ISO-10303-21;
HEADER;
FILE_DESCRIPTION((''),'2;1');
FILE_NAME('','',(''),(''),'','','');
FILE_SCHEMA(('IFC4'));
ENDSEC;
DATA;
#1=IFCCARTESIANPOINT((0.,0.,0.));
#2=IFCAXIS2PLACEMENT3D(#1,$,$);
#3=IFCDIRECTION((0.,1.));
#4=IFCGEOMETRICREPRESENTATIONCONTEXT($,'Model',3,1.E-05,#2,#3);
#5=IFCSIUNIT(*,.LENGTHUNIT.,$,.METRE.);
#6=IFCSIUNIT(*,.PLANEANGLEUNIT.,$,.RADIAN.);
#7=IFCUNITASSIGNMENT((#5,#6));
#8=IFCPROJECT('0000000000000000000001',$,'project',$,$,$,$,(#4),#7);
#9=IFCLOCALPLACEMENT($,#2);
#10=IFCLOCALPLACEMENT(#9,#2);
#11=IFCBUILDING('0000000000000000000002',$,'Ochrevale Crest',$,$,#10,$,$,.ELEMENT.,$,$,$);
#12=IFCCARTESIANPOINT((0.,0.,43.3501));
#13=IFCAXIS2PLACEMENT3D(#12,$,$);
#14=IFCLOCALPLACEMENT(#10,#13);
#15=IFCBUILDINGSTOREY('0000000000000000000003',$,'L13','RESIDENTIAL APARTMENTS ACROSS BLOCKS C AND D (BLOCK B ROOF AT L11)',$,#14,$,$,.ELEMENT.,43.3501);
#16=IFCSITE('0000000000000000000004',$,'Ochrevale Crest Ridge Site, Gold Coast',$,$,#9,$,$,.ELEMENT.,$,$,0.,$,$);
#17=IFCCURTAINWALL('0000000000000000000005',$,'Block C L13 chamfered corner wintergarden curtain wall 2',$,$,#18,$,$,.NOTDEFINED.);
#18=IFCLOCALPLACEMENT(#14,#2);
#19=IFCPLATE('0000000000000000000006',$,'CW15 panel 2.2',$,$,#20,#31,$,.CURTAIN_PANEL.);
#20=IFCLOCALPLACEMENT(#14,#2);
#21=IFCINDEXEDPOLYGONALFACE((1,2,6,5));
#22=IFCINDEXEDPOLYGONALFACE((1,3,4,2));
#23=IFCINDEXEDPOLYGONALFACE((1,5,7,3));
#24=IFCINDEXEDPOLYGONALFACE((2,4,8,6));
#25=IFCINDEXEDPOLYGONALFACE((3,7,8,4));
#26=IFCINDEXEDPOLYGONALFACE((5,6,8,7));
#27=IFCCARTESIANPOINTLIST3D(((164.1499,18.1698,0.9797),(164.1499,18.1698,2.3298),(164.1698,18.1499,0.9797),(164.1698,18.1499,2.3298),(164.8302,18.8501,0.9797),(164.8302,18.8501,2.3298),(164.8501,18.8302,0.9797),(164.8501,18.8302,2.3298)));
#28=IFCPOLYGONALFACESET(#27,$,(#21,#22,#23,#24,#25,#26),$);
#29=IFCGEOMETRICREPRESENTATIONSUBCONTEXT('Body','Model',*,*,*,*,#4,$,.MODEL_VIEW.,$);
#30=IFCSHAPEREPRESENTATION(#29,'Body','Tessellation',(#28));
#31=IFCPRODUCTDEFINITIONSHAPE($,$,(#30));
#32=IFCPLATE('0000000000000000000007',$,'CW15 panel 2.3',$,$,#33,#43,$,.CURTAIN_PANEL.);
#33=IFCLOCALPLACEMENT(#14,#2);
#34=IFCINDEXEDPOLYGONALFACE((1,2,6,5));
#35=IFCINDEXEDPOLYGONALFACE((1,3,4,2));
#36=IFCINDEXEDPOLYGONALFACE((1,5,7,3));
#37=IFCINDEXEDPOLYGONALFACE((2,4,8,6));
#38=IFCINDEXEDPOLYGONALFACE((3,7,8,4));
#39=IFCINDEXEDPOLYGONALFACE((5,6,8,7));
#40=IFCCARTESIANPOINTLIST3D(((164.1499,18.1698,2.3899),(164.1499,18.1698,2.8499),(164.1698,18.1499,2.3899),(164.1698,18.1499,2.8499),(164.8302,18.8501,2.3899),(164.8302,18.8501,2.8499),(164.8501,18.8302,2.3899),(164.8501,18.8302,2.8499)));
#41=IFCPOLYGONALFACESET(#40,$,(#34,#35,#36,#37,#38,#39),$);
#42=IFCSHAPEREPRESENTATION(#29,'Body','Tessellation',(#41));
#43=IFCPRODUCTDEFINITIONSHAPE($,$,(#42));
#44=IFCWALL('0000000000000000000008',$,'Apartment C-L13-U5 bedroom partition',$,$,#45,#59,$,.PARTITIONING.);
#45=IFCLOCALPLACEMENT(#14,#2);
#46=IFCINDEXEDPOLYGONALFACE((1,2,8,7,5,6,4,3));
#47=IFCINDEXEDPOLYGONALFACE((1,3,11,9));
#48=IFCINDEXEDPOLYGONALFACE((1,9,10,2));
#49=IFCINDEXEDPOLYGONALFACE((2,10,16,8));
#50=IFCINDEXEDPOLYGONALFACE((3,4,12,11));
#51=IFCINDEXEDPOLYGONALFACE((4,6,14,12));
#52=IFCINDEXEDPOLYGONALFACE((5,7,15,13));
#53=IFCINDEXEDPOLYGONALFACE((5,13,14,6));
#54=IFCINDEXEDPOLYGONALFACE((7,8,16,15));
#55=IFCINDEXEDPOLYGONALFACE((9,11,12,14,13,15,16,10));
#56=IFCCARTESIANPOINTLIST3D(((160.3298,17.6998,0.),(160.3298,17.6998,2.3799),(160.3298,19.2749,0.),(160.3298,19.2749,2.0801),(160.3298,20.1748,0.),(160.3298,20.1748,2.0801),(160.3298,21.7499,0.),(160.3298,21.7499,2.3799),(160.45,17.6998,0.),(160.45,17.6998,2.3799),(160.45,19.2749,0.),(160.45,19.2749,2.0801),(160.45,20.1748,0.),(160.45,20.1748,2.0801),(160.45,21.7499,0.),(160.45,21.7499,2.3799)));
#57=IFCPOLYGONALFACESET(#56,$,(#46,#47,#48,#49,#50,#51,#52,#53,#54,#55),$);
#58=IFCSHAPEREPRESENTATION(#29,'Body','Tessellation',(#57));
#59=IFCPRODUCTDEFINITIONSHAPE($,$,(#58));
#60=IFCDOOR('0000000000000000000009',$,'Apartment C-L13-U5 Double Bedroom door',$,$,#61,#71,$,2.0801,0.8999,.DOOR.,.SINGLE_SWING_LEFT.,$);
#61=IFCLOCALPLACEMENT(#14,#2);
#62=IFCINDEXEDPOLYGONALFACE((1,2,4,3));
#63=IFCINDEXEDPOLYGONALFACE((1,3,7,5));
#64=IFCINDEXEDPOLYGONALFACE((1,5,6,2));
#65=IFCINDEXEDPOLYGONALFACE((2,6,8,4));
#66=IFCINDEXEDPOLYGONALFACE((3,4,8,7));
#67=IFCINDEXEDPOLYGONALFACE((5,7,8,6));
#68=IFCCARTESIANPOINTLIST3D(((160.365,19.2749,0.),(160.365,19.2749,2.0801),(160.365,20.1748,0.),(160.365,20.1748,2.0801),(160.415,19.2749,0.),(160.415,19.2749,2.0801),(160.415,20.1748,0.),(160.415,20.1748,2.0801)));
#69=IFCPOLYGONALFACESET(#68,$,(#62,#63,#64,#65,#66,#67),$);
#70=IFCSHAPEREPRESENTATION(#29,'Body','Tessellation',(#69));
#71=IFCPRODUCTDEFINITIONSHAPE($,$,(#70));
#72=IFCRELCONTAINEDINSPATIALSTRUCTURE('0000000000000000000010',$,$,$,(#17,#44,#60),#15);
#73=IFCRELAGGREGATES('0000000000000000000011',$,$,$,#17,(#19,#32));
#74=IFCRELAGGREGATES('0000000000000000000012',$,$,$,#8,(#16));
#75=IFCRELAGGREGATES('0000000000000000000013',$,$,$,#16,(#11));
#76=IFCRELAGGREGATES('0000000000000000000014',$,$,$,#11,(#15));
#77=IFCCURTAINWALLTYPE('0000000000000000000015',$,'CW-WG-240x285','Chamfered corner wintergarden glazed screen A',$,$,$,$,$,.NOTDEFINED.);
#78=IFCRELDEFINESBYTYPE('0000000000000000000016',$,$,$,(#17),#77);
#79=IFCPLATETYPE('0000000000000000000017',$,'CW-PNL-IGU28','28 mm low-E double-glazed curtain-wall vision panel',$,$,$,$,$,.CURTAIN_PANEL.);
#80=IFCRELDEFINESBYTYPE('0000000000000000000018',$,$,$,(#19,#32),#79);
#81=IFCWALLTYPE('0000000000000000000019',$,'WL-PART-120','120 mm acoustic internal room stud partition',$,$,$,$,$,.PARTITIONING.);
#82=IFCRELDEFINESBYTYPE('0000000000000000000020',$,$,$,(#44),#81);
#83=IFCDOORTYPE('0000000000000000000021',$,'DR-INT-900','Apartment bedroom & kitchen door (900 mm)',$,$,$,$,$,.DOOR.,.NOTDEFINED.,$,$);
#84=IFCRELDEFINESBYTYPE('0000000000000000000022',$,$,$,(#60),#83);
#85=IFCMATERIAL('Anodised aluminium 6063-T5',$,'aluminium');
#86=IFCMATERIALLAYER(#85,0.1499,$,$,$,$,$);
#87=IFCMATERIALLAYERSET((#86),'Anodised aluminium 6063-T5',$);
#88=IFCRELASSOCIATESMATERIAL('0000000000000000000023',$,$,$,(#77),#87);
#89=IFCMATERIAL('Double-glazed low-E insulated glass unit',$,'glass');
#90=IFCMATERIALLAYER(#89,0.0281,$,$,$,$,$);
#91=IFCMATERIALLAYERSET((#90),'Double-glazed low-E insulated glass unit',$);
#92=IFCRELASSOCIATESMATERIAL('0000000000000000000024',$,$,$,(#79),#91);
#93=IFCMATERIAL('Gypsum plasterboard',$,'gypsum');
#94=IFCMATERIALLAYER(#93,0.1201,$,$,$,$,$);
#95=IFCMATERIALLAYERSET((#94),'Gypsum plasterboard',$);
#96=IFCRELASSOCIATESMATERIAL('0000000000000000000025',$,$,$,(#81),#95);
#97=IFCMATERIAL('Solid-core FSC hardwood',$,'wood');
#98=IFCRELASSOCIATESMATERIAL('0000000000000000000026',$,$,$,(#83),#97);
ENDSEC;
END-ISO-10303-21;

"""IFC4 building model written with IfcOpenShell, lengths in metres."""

from ifc_helpers import new_model, si_unit, direction, frame, frame_2d, origin, origin_2d, place, context, subcontext, project, spatial, rectangle, extrude, material, layer, layer_set, type_object, element, fill, aggregate, save


model = new_model("IFC4")

# Units and contexts
model_context = context("Model", 3, precision=1e-05, world=origin(), true_north=direction((0.0, 1.0)))
body_context = subcontext(model_context, "Body", "Model", "MODEL_VIEW")
ifc_project = project(units=[si_unit("LENGTHUNIT", "METRE"), si_unit("PLANEANGLEUNIT", "RADIAN")], contexts=[model_context])

# Site, building, storey
site_placement = place(None, origin())
site = spatial("IfcSite", under=ifc_project, at=site_placement, Name="Ochrevale Crest Ridge Site, Gold Coast", CompositionType="ELEMENT", RefElevation=0.0)
building_placement = place(site_placement, origin())
building = spatial("IfcBuilding", under=site, at=building_placement, Name="Ochrevale Crest", CompositionType="ELEMENT")
storey_placement = place(building_placement, frame((0.0, 0.0, 43.3501)))
storey = spatial("IfcBuildingStorey", under=building, at=storey_placement, Name="L13", Description="RESIDENTIAL APARTMENTS ACROSS BLOCKS C AND D (BLOCK B ROOF AT L11)", CompositionType="ELEMENT", Elevation=43.3501)

# Curtain wall, plates
ifc_material_1 = material(Name="Anodised aluminium 6063-T5", Category="aluminium")
ifc_layer_1 = layer(ifc_material_1, 0.1499)
ifc_layer_set_1 = layer_set([ifc_layer_1], Name="Anodised aluminium 6063-T5")
curtain_wall_type = type_object("IfcCurtainWallType", Name="CW-WG-240x285", Description="Chamfered corner wintergarden glazed screen A", PredefinedType="NOTDEFINED", material=ifc_layer_set_1)
curtain_wall_placement = place(storey_placement, origin())
curtain_wall = element("IfcCurtainWall", 1, at=curtain_wall_placement, inside=storey, type_object=curtain_wall_type, Name="Block C L13 chamfered corner wintergarden curtain wall 2", PredefinedType="NOTDEFINED")
ifc_material_2 = material(Name="Double-glazed low-E insulated glass unit", Category="glass")
ifc_layer_2 = layer(ifc_material_2, 0.0281)
ifc_layer_set_2 = layer_set([ifc_layer_2], Name="Double-glazed low-E insulated glass unit")
plate_type = type_object("IfcPlateType", Name="CW-PNL-IGU28", Description="28 mm low-E double-glazed curtain-wall vision panel", PredefinedType="CURTAIN_PANEL", material=ifc_layer_set_2)
plate_1_placement = place(storey_placement, frame((164.5, 18.5, 0.9797), z_axis=(0.0, 0.0, 1.0), x_axis=(0.707107, 0.707107, 0.0)))
plate_1 = element("IfcPlate", 2, at=plate_1_placement, type_object=plate_type, Name="CW15 panel 2.2", PredefinedType="CURTAIN_PANEL", context=body_context, shape_type="SweptSolid", body=[
    extrude(rectangle(XDim=0.9622, YDim=0.0281, at=origin_2d()), origin(), (0.0, 0.0, 1.0), 1.3501),
])
plate_2_placement = place(storey_placement, frame((164.5, 18.5, 2.3899), z_axis=(0.0, 0.0, 1.0), x_axis=(0.707107, 0.707107, 0.0)))
plate_2 = element("IfcPlate", 3, at=plate_2_placement, type_object=plate_type, Name="CW15 panel 2.3", PredefinedType="CURTAIN_PANEL", context=body_context, shape_type="SweptSolid", body=[
    extrude(rectangle(XDim=0.9622, YDim=0.0281, at=origin_2d()), origin(), (0.0, 0.0, 1.0), 0.46),
])
aggregate(curtain_wall, [plate_1, plate_2])

# Wall, opening, door
ifc_material_3 = material(Name="Gypsum plasterboard", Category="gypsum")
ifc_layer_3 = layer(ifc_material_3, 0.1201)
ifc_layer_set_3 = layer_set([ifc_layer_3], Name="Gypsum plasterboard")
wall_type = type_object("IfcWallType", Name="WL-PART-120", Description="120 mm acoustic internal room stud partition", PredefinedType="PARTITIONING", material=ifc_layer_set_3)
wall_placement = place(storey_placement, frame((160.3899, 17.7, 0.0), z_axis=(0.0, 0.0, 1.0), x_axis=(0.0, 1.0, 0.0)))
wall = element("IfcWall", 4, at=wall_placement, inside=storey, type_object=wall_type, Name="Apartment C-L13-U5 bedroom partition", PredefinedType="PARTITIONING", context=body_context, shape_type="SweptSolid", body=[
    extrude(rectangle(XDim=4.05, YDim=0.1201, at=frame_2d((2.0249, 0.0))), origin(), (0.0, 0.0, 1.0), 2.3799),
])
opening_placement = place(wall_placement, frame((1.575, 0.0, 0.0)))
opening = element("IfcOpeningElement", 5, at=opening_placement, cuts=wall, PredefinedType="OPENING", context=body_context, shape_type="SweptSolid", body=[
    extrude(rectangle(XDim=0.8999, YDim=2.0801, at=frame_2d((0.45, 1.04))), frame((0.0, 0.0701, 0.0), z_axis=(0.0, -1.0, 0.0), x_axis=(1.0, 0.0, 0.0)), (0.0, 0.0, 1.0), 0.1401),
])
ifc_material_4 = material(Name="Solid-core FSC hardwood", Category="wood")
door_type = type_object("IfcDoorType", Name="DR-INT-900", Description="Apartment bedroom & kitchen door (900 mm)", OperationType="NOTDEFINED", PredefinedType="DOOR", material=ifc_material_4)
door_placement = place(opening_placement, origin())
door = element("IfcDoor", 6, at=door_placement, inside=storey, type_object=door_type, Name="Apartment C-L13-U5 Double Bedroom door", OperationType="SINGLE_SWING_LEFT", OverallHeight=2.0801, OverallWidth=0.8999, PredefinedType="DOOR", context=body_context, shape_type="SweptSolid", body=[
    extrude(rectangle(XDim=0.8999, YDim=2.0801, at=frame_2d((0.45, 1.04))), frame((0.0, 0.0249, 0.0), z_axis=(0.0, -1.0, 0.0), x_axis=(1.0, 0.0, 0.0)), (0.0, 0.0, 1.0), 0.05),
])
fill(opening, door)

save(model, "model.ifc")
